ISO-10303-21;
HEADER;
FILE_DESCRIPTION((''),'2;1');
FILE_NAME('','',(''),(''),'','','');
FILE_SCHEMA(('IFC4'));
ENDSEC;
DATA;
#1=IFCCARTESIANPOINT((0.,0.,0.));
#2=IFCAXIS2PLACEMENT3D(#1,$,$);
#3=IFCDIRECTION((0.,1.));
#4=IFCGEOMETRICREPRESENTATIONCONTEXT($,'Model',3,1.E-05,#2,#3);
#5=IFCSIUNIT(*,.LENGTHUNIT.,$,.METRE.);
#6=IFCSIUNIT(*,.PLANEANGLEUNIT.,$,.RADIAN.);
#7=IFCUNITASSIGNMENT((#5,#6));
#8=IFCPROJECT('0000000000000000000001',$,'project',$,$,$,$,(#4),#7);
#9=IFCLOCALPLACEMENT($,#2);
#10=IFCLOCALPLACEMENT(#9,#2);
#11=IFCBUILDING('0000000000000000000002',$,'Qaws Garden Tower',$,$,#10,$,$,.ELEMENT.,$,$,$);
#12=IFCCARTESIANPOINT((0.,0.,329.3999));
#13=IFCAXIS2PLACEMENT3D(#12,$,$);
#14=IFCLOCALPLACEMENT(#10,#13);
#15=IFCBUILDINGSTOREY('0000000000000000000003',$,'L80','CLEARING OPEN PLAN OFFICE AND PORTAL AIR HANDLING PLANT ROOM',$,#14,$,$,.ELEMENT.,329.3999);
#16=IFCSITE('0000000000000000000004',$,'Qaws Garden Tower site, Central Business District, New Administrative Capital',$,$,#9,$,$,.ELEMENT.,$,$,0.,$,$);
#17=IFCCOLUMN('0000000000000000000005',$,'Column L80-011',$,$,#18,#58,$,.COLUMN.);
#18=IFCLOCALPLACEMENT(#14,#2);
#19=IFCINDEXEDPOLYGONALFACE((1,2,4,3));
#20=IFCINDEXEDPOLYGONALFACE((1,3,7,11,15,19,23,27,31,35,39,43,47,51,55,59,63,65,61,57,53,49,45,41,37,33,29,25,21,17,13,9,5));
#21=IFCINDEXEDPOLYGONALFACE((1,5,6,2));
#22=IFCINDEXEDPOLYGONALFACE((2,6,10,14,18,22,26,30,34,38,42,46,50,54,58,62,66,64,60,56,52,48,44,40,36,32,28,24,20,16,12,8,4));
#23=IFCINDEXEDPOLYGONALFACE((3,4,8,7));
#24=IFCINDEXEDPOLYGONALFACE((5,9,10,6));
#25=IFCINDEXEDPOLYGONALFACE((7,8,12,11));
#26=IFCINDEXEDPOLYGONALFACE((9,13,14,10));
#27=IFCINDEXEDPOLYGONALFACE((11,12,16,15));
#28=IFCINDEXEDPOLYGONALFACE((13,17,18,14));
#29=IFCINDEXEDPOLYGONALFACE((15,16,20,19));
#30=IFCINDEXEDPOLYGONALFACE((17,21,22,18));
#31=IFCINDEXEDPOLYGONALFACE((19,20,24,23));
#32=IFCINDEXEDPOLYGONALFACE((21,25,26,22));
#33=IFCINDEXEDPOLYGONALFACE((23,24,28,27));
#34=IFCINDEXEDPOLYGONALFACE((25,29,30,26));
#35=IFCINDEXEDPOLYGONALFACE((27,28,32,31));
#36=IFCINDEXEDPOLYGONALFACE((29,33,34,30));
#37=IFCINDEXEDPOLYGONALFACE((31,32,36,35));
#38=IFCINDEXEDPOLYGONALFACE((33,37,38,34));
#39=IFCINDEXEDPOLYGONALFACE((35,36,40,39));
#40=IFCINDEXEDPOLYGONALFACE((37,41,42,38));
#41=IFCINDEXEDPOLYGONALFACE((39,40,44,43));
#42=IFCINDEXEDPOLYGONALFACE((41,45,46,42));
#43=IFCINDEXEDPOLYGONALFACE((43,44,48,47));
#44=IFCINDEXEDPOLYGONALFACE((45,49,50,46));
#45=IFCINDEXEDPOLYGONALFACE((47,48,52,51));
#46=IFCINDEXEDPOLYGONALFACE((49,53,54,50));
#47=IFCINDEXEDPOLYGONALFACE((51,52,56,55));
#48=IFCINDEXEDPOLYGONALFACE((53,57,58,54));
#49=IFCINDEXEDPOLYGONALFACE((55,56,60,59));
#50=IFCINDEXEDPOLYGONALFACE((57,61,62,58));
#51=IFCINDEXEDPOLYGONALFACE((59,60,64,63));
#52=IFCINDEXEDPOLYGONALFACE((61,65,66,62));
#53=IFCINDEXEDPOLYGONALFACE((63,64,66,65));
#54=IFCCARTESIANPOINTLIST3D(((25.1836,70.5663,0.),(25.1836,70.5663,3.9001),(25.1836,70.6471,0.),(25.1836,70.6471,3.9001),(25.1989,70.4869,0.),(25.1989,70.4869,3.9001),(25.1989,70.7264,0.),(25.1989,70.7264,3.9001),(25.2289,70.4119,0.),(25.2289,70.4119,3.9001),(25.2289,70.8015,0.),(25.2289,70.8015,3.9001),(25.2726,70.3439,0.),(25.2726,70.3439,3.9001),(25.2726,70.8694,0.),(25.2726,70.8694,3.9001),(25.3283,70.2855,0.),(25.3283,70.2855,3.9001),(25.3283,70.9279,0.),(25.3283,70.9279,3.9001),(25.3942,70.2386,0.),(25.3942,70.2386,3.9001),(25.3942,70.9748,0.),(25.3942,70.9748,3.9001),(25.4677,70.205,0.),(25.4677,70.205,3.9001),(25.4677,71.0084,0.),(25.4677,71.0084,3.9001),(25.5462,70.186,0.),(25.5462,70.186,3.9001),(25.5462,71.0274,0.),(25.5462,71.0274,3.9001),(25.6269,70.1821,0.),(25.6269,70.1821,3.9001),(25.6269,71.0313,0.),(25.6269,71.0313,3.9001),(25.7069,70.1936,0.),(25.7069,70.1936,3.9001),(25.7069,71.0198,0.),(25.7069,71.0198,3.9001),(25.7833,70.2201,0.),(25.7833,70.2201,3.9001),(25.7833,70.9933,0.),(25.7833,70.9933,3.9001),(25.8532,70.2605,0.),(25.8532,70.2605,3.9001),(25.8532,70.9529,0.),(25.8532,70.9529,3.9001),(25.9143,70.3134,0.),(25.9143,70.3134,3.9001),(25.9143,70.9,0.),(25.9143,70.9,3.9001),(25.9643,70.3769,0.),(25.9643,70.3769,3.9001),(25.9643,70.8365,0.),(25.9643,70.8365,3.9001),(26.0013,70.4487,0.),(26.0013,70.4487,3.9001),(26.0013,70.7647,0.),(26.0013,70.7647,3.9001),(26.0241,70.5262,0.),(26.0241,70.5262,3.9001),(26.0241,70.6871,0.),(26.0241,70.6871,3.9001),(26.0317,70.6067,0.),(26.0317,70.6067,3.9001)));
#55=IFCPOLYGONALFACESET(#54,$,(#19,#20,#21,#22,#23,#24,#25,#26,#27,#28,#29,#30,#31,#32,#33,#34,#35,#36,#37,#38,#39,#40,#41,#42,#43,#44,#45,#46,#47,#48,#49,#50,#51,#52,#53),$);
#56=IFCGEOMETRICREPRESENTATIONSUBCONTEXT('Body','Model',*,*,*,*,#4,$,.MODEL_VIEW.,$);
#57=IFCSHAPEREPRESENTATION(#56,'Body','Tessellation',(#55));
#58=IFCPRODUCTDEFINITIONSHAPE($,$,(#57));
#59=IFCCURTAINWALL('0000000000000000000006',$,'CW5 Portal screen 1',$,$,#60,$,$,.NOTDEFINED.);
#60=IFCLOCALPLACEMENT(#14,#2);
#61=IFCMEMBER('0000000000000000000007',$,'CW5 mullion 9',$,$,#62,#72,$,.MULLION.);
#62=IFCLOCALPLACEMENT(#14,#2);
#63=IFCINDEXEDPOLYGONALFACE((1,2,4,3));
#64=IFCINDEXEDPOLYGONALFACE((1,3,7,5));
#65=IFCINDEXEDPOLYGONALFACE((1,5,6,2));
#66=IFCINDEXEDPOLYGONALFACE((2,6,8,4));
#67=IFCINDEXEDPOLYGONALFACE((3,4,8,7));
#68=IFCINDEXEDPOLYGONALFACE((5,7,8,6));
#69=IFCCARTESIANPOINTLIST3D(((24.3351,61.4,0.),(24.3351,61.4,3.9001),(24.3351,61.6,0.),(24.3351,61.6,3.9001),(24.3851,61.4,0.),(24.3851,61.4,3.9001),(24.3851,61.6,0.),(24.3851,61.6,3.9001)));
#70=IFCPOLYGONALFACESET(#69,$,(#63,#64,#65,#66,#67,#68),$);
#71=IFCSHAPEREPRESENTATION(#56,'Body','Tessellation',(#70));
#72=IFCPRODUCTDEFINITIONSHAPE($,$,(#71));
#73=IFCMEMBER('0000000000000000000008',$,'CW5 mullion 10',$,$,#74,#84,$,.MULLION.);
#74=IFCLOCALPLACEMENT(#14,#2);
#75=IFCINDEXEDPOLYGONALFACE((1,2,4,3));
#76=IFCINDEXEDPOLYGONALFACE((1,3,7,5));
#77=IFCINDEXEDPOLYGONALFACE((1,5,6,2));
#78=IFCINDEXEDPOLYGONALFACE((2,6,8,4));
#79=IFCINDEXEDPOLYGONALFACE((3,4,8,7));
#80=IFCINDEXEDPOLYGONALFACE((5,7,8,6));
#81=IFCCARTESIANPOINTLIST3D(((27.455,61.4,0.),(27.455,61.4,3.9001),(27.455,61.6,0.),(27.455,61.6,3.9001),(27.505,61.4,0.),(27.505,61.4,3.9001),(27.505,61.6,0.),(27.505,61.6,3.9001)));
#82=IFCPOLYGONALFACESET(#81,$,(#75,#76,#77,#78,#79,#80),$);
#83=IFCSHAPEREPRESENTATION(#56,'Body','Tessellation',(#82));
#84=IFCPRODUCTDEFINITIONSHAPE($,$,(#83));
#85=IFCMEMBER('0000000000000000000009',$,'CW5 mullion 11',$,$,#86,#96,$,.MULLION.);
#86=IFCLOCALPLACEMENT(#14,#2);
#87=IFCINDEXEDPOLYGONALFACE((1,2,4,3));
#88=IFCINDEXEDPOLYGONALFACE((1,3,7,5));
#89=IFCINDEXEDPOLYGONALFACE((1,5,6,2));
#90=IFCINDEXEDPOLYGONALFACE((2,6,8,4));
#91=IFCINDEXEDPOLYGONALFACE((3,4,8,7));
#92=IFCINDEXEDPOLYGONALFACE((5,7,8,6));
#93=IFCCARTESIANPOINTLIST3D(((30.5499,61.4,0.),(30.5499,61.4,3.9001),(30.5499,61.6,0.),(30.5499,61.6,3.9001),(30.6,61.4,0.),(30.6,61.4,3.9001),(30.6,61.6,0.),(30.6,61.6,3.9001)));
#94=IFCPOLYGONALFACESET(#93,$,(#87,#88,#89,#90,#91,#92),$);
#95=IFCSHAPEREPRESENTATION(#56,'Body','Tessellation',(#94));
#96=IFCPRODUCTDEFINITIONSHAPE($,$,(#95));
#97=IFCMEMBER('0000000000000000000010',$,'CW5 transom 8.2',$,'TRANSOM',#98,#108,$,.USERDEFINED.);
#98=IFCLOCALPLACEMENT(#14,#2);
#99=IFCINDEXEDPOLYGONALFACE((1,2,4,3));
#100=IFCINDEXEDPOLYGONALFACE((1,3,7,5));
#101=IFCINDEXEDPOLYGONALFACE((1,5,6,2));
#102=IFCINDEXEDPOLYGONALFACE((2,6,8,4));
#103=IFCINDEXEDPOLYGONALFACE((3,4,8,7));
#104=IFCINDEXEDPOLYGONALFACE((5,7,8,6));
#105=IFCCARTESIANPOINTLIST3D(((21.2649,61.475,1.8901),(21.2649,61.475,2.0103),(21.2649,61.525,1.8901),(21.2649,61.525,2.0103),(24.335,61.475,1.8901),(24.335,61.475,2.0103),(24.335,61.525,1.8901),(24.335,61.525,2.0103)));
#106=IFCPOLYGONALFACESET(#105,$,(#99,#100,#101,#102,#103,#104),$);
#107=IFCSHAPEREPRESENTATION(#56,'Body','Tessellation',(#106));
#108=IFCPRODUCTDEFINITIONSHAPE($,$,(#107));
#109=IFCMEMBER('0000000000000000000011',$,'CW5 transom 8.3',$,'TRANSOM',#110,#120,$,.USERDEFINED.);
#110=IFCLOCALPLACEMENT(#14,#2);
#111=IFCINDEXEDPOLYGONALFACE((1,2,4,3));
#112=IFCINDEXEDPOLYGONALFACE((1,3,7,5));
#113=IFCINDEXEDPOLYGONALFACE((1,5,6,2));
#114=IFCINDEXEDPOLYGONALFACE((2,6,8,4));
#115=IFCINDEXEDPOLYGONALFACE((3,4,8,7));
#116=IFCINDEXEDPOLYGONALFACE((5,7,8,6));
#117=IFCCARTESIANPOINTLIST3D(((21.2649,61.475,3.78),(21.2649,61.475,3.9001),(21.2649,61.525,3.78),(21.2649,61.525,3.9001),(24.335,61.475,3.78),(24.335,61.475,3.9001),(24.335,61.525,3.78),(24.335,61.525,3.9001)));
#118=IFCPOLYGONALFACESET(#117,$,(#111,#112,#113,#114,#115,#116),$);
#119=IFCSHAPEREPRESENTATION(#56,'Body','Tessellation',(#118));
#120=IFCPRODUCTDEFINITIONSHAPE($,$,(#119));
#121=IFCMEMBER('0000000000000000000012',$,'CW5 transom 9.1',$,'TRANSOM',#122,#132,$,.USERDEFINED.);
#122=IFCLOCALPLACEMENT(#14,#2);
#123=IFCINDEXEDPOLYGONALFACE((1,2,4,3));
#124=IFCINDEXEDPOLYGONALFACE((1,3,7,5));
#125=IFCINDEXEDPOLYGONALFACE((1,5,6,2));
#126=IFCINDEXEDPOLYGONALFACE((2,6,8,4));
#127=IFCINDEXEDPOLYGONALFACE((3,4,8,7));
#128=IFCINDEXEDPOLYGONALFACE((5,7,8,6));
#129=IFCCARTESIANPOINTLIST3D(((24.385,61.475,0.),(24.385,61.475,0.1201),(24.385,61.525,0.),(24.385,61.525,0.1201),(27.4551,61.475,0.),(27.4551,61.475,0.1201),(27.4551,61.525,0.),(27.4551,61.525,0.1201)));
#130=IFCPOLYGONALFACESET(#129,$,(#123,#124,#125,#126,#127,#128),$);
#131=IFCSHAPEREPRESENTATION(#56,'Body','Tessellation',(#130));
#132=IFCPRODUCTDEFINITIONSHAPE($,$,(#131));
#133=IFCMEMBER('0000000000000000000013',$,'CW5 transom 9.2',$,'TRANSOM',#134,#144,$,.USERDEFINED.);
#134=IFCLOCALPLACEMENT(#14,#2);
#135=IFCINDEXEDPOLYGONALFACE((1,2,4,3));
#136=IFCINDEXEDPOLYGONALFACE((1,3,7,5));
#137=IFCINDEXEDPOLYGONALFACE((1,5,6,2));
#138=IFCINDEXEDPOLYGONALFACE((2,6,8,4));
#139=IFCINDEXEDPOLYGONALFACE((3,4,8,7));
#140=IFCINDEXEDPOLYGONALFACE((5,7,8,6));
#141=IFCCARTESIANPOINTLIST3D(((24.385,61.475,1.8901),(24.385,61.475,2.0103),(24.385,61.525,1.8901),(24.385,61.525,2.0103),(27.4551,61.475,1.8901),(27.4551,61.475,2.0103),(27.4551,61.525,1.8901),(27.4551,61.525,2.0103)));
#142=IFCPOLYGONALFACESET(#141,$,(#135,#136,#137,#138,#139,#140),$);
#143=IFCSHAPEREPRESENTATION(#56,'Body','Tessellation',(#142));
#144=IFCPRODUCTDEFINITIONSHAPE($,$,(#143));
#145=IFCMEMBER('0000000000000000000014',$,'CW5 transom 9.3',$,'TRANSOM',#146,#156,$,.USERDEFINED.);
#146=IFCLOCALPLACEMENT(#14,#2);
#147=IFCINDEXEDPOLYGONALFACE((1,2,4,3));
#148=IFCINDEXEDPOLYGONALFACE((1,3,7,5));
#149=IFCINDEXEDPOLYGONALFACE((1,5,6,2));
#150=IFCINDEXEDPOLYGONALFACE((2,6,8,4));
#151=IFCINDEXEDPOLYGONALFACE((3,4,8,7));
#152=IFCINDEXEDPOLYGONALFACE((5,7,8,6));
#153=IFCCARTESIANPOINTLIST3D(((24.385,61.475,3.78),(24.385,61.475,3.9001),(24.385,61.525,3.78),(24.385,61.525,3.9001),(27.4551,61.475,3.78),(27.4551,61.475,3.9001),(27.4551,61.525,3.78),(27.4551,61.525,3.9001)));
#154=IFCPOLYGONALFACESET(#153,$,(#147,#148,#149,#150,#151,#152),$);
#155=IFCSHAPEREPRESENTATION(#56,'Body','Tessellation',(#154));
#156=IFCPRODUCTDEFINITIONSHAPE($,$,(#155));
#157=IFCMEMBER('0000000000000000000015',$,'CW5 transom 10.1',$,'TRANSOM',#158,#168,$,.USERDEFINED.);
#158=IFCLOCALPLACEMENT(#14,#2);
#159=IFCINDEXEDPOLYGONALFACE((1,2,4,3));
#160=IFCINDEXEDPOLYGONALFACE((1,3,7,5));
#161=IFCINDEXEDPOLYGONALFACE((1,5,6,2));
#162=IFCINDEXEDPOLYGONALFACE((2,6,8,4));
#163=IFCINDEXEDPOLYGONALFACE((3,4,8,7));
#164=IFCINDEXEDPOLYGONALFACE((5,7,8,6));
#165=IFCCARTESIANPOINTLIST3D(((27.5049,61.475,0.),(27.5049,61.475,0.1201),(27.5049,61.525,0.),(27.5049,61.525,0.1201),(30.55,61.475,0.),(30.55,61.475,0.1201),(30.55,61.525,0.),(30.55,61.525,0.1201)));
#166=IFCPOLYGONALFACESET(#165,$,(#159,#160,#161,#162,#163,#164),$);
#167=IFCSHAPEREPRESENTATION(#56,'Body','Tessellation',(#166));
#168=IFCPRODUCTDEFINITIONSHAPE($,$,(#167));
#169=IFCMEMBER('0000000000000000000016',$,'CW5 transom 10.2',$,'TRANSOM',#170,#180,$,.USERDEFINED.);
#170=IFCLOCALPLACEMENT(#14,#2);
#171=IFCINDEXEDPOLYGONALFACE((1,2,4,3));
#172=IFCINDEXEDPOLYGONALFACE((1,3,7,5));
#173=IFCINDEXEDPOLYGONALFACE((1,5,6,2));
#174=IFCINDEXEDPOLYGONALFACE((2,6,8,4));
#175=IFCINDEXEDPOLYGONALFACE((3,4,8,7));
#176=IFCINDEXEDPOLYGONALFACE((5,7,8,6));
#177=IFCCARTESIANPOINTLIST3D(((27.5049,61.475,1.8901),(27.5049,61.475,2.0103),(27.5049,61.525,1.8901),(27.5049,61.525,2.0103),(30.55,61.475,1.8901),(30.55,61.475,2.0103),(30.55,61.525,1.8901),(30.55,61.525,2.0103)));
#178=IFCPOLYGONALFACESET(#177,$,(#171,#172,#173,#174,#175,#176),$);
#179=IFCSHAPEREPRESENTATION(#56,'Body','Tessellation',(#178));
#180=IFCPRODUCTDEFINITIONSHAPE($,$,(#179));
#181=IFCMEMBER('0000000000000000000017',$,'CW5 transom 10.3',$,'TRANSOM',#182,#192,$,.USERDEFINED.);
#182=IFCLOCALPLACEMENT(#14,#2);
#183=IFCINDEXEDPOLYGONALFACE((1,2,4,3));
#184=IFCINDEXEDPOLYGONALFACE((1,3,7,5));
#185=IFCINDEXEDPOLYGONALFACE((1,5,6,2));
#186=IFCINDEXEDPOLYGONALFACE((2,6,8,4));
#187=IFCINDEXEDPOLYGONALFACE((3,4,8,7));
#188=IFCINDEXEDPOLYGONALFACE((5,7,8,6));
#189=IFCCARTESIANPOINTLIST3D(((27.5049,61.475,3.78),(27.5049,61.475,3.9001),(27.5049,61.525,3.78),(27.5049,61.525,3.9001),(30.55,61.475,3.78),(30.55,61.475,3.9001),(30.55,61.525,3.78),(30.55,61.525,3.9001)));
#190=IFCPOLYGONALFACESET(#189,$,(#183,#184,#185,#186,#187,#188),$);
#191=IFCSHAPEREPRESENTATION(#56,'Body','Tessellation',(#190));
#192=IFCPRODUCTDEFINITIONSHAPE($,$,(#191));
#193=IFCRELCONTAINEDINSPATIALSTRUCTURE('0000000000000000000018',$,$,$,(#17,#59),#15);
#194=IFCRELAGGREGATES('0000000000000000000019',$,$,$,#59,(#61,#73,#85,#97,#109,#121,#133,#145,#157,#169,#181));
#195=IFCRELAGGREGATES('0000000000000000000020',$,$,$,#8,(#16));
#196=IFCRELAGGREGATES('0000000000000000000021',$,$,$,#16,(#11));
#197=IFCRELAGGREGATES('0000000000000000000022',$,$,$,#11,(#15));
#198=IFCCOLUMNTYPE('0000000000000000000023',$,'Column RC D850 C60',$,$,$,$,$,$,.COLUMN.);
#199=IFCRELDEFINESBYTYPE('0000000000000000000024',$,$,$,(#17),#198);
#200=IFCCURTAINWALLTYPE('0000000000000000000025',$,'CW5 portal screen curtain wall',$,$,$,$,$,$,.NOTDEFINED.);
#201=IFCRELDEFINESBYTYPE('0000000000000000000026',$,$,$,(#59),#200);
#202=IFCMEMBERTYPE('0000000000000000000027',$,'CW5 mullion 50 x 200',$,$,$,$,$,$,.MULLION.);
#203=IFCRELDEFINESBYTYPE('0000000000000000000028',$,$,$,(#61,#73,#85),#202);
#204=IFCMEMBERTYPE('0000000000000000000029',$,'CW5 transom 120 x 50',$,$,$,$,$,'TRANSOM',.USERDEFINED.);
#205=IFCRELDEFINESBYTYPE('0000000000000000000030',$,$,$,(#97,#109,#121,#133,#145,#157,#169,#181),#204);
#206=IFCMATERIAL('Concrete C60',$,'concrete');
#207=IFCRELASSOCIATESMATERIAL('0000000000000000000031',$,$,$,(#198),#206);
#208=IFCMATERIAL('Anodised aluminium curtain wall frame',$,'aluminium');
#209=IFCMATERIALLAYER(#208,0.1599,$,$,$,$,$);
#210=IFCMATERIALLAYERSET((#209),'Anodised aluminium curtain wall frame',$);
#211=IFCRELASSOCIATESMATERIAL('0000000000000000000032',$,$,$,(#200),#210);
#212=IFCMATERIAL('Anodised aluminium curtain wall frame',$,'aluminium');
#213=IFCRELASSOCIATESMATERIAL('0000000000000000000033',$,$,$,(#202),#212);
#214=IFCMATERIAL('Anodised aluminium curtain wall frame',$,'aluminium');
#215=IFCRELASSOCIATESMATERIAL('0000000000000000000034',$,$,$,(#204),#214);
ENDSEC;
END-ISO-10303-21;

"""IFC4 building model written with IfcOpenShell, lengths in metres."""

from ifc_helpers import new_model, si_unit, direction, frame, origin, origin_2d, place, context, subcontext, project, spatial, rectangle, circle, extrude, material, layer, layer_set, material_profile, profile_set, type_object, element, aggregate, save


model = new_model("IFC4")

# Units and contexts
model_context = context("Model", 3, precision=1e-05, world=origin(), true_north=direction((0.0, 1.0)))
body_context = subcontext(model_context, "Body", "Model", "MODEL_VIEW")
ifc_project = project(units=[si_unit("LENGTHUNIT", "METRE"), si_unit("PLANEANGLEUNIT", "RADIAN")], contexts=[model_context])

# Site, building, storey
site_placement = place(None, origin())
site = spatial("IfcSite", under=ifc_project, at=site_placement, Name="Qaws Garden Tower site, Central Business District, New Administrative Capital", CompositionType="ELEMENT", RefElevation=0.0)
building_placement = place(site_placement, origin())
building = spatial("IfcBuilding", under=site, at=building_placement, Name="Qaws Garden Tower", CompositionType="ELEMENT")
storey_placement = place(building_placement, frame((0.0, 0.0, 329.3999)))
storey = spatial("IfcBuildingStorey", under=building, at=storey_placement, Name="L80", Description="CLEARING OPEN PLAN OFFICE AND PORTAL AIR HANDLING PLANT ROOM", CompositionType="ELEMENT", Elevation=329.3999)

# Column
ifc_material_1 = material(Name="Concrete C60", Category="concrete")
ifc_material_profile_1 = material_profile(ifc_material_1, circle(Radius=0.425, at=origin_2d()), Name="RC D850")
ifc_profile_set_1 = profile_set([ifc_material_profile_1], Name="Concrete C60")
column_type = type_object("IfcColumnType", Name="Column RC D850 C60", PredefinedType="COLUMN", material=ifc_profile_set_1)
column_placement = place(storey_placement, frame((25.6067, 70.6067, 0.0), z_axis=(0.0, 0.0, 1.0), x_axis=(1.0, 0.0, 0.0)))
element("IfcColumn", 1, at=column_placement, inside=storey, type_object=column_type, Name="Column L80-011", PredefinedType="COLUMN", context=body_context, shape_type="SweptSolid", body=[
    extrude(circle(Radius=0.425, at=origin_2d()), origin(), (0.0, 0.0, 1.0), 3.9001),
])

# Curtain wall, members
ifc_material_2 = material(Name="Anodised aluminium curtain wall frame", Category="aluminium")
ifc_layer_1 = layer(ifc_material_2, 0.1599)
ifc_layer_set_1 = layer_set([ifc_layer_1], Name="Anodised aluminium curtain wall frame")
curtain_wall_type = type_object("IfcCurtainWallType", Name="CW5 portal screen curtain wall", PredefinedType="NOTDEFINED", material=ifc_layer_set_1)
curtain_wall_placement = place(storey_placement, origin())
curtain_wall = element("IfcCurtainWall", 2, at=curtain_wall_placement, inside=storey, type_object=curtain_wall_type, Name="CW5 Portal screen 1", PredefinedType="NOTDEFINED")
ifc_material_3 = material(Name="Anodised aluminium curtain wall frame", Category="aluminium")
ifc_material_profile_2 = material_profile(ifc_material_3, rectangle(XDim=0.2, YDim=0.05, at=origin_2d()), Name="AL 50x200")
ifc_profile_set_2 = profile_set([ifc_material_profile_2], Name="Anodised aluminium curtain wall frame")
member_type_1 = type_object("IfcMemberType", Name="CW5 mullion 50 x 200", PredefinedType="MULLION", material=ifc_profile_set_2)
member_1_placement = place(storey_placement, frame((24.3601, 61.5, 0.0), z_axis=(0.0, 0.0, 1.0), x_axis=(0.0, 1.0, 0.0)))
member_1 = element("IfcMember", 3, at=member_1_placement, type_object=member_type_1, Name="CW5 mullion 9", PredefinedType="MULLION", context=body_context, shape_type="SweptSolid", body=[
    extrude(rectangle(XDim=0.2, YDim=0.05, at=origin_2d()), origin(), (0.0, 0.0, 1.0), 3.9001),
])
member_2_placement = place(storey_placement, frame((27.48, 61.5, 0.0), z_axis=(0.0, 0.0, 1.0), x_axis=(0.0, 1.0, 0.0)))
member_2 = element("IfcMember", 4, at=member_2_placement, type_object=member_type_1, Name="CW5 mullion 10", PredefinedType="MULLION", context=body_context, shape_type="SweptSolid", body=[
    extrude(rectangle(XDim=0.2, YDim=0.05, at=origin_2d()), origin(), (0.0, 0.0, 1.0), 3.9001),
])
member_3_placement = place(storey_placement, frame((30.575, 61.5, 0.0), z_axis=(0.0, 0.0, 1.0), x_axis=(0.0, 1.0, 0.0)))
member_3 = element("IfcMember", 5, at=member_3_placement, type_object=member_type_1, Name="CW5 mullion 11", PredefinedType="MULLION", context=body_context, shape_type="SweptSolid", body=[
    extrude(rectangle(XDim=0.2, YDim=0.05, at=origin_2d()), origin(), (0.0, 0.0, 1.0), 3.9001),
])
ifc_material_4 = material(Name="Anodised aluminium curtain wall frame", Category="aluminium")
ifc_material_profile_3 = material_profile(ifc_material_4, rectangle(XDim=0.05, YDim=0.1201, at=origin_2d()), Name="AL 50x120")
ifc_profile_set_3 = profile_set([ifc_material_profile_3], Name="Anodised aluminium curtain wall frame")
member_type_2 = type_object("IfcMemberType", Name="CW5 transom 120 x 50", ElementType="TRANSOM", PredefinedType="USERDEFINED", material=ifc_profile_set_3)
member_4_placement = place(storey_placement, frame((21.2649, 61.5, 1.9502), z_axis=(1.0, 0.0, 0.0), x_axis=(0.0, 1.0, 0.0)))
member_4 = element("IfcMember", 6, at=member_4_placement, type_object=member_type_2, Name="CW5 transom 8.2", ObjectType="TRANSOM", PredefinedType="USERDEFINED", context=body_context, shape_type="SweptSolid", body=[
    extrude(rectangle(XDim=0.05, YDim=0.1201, at=origin_2d()), origin(), (0.0, 0.0, 1.0), 3.0701),
])
member_5_placement = place(storey_placement, frame((21.2649, 61.5, 3.8401), z_axis=(1.0, 0.0, 0.0), x_axis=(0.0, 1.0, 0.0)))
member_5 = element("IfcMember", 7, at=member_5_placement, type_object=member_type_2, Name="CW5 transom 8.3", ObjectType="TRANSOM", PredefinedType="USERDEFINED", context=body_context, shape_type="SweptSolid", body=[
    extrude(rectangle(XDim=0.05, YDim=0.1201, at=origin_2d()), origin(), (0.0, 0.0, 1.0), 3.0701),
])
member_6_placement = place(storey_placement, frame((24.385, 61.5, 0.0601), z_axis=(1.0, 0.0, 0.0), x_axis=(0.0, 1.0, 0.0)))
member_6 = element("IfcMember", 8, at=member_6_placement, type_object=member_type_2, Name="CW5 transom 9.1", ObjectType="TRANSOM", PredefinedType="USERDEFINED", context=body_context, shape_type="SweptSolid", body=[
    extrude(rectangle(XDim=0.05, YDim=0.1201, at=origin_2d()), origin(), (0.0, 0.0, 1.0), 3.0701),
])
member_7_placement = place(storey_placement, frame((24.385, 61.5, 1.9502), z_axis=(1.0, 0.0, 0.0), x_axis=(0.0, 1.0, 0.0)))
member_7 = element("IfcMember", 9, at=member_7_placement, type_object=member_type_2, Name="CW5 transom 9.2", ObjectType="TRANSOM", PredefinedType="USERDEFINED", context=body_context, shape_type="SweptSolid", body=[
    extrude(rectangle(XDim=0.05, YDim=0.1201, at=origin_2d()), origin(), (0.0, 0.0, 1.0), 3.0701),
])
member_8_placement = place(storey_placement, frame((24.385, 61.5, 3.8401), z_axis=(1.0, 0.0, 0.0), x_axis=(0.0, 1.0, 0.0)))
member_8 = element("IfcMember", 10, at=member_8_placement, type_object=member_type_2, Name="CW5 transom 9.3", ObjectType="TRANSOM", PredefinedType="USERDEFINED", context=body_context, shape_type="SweptSolid", body=[
    extrude(rectangle(XDim=0.05, YDim=0.1201, at=origin_2d()), origin(), (0.0, 0.0, 1.0), 3.0701),
])
member_9_placement = place(storey_placement, frame((27.5049, 61.5, 0.0601), z_axis=(1.0, 0.0, 0.0), x_axis=(0.0, 1.0, 0.0)))
member_9 = element("IfcMember", 11, at=member_9_placement, type_object=member_type_2, Name="CW5 transom 10.1", ObjectType="TRANSOM", PredefinedType="USERDEFINED", context=body_context, shape_type="SweptSolid", body=[
    extrude(rectangle(XDim=0.05, YDim=0.1201, at=origin_2d()), origin(), (0.0, 0.0, 1.0), 3.0452),
])
member_10_placement = place(storey_placement, frame((27.5049, 61.5, 1.9502), z_axis=(1.0, 0.0, 0.0), x_axis=(0.0, 1.0, 0.0)))
member_10 = element("IfcMember", 12, at=member_10_placement, type_object=member_type_2, Name="CW5 transom 10.2", ObjectType="TRANSOM", PredefinedType="USERDEFINED", context=body_context, shape_type="SweptSolid", body=[
    extrude(rectangle(XDim=0.05, YDim=0.1201, at=origin_2d()), origin(), (0.0, 0.0, 1.0), 3.0452),
])
member_11_placement = place(storey_placement, frame((27.5049, 61.5, 3.8401), z_axis=(1.0, 0.0, 0.0), x_axis=(0.0, 1.0, 0.0)))
member_11 = element("IfcMember", 13, at=member_11_placement, type_object=member_type_2, Name="CW5 transom 10.3", ObjectType="TRANSOM", PredefinedType="USERDEFINED", context=body_context, shape_type="SweptSolid", body=[
    extrude(rectangle(XDim=0.05, YDim=0.1201, at=origin_2d()), origin(), (0.0, 0.0, 1.0), 3.0452),
])

aggregate(curtain_wall, [member_1, member_2, member_3, member_4, member_5, member_6, member_7, member_8, member_9, member_10, member_11])

save(model, "model.ifc")
